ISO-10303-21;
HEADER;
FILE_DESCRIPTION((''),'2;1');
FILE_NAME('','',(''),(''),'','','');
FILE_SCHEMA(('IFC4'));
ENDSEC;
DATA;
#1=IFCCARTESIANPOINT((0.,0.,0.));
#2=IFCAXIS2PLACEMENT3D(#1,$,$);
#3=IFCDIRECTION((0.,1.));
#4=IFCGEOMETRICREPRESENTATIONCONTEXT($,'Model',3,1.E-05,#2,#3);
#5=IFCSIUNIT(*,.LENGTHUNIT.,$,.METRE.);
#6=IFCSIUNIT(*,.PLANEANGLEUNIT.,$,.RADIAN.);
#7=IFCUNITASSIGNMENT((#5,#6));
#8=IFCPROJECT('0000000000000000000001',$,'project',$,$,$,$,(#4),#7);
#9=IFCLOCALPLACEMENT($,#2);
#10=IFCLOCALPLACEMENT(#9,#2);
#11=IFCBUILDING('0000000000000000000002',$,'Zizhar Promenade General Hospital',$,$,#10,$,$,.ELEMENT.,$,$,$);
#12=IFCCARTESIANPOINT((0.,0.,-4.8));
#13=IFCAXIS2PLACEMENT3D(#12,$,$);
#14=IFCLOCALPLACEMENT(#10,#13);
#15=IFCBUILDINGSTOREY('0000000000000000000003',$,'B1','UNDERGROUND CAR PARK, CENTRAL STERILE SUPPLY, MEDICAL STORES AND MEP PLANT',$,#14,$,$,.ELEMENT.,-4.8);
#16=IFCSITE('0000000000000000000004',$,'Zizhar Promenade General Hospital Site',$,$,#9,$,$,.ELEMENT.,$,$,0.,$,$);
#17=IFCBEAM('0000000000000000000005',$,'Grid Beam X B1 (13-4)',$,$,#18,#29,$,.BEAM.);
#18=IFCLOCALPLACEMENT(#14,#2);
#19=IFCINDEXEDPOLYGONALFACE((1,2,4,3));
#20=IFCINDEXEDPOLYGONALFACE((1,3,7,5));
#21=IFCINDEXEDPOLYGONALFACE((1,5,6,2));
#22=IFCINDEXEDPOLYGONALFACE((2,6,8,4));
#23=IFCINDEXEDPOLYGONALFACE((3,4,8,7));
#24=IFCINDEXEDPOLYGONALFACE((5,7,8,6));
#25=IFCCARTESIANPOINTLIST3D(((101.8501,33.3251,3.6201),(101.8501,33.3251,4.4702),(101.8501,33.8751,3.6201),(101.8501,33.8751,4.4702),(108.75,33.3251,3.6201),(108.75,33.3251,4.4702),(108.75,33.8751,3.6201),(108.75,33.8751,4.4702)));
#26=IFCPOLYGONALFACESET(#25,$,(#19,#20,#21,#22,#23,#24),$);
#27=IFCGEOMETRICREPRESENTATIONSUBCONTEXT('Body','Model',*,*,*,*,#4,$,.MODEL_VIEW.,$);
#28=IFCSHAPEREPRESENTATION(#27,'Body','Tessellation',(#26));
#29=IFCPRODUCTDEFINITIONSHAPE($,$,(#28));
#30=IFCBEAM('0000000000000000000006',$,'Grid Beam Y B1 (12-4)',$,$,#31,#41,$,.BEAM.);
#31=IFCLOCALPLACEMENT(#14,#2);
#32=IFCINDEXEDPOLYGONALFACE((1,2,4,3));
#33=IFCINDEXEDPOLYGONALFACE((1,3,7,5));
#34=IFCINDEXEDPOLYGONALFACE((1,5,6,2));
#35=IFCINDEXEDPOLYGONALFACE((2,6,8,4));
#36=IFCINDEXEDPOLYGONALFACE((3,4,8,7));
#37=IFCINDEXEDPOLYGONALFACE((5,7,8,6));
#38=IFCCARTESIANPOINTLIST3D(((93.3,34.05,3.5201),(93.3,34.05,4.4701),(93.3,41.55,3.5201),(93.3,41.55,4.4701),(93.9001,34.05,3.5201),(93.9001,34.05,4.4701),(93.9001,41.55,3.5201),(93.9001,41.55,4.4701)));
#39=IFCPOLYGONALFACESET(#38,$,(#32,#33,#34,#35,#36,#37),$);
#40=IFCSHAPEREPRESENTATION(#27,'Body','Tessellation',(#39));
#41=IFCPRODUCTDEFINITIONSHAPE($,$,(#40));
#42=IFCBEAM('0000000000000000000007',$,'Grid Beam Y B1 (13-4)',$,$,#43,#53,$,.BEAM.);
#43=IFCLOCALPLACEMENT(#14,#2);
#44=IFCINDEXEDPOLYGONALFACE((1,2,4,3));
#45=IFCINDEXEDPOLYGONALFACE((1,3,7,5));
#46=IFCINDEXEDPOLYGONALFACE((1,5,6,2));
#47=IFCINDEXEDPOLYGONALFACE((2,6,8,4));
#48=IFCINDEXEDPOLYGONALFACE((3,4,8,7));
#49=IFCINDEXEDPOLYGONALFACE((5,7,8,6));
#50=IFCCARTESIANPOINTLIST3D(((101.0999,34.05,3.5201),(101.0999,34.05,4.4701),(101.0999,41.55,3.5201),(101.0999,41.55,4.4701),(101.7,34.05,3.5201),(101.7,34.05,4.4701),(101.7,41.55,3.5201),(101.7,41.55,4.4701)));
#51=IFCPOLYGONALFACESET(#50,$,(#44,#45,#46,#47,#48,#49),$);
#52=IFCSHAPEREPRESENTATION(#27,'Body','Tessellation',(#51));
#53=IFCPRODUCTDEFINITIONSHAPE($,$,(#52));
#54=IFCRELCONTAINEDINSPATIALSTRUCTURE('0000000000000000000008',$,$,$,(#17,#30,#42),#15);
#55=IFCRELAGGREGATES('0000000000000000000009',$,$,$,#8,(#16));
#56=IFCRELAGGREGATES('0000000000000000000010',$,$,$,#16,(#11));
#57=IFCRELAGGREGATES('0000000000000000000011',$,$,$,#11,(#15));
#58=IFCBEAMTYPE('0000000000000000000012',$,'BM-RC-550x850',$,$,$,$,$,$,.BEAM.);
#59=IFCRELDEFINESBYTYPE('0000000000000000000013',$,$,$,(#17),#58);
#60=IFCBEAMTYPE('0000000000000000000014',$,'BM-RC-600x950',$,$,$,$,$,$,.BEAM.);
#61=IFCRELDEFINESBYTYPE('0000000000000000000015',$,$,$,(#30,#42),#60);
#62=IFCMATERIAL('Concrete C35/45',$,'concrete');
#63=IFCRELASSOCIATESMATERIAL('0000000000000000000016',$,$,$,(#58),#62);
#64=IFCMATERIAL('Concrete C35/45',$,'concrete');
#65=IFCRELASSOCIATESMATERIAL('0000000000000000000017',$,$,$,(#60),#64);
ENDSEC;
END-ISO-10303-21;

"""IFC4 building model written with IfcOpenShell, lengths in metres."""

from ifc_helpers import new_model, si_unit, direction, frame, origin, origin_2d, place, context, subcontext, project, spatial, rectangle, extrude, material, material_profile, profile_set, type_object, element, save


model = new_model("IFC4")

# Units and contexts
model_context = context("Model", 3, precision=1e-05, world=origin(), true_north=direction((0.0, 1.0)))
body_context = subcontext(model_context, "Body", "Model", "MODEL_VIEW")
ifc_project = project(units=[si_unit("LENGTHUNIT", "METRE"), si_unit("PLANEANGLEUNIT", "RADIAN")], contexts=[model_context])

# Site, building, storey
site_placement = place(None, origin())
site = spatial("IfcSite", under=ifc_project, at=site_placement, Name="Zizhar Promenade General Hospital Site", CompositionType="ELEMENT", RefElevation=0.0)
building_placement = place(site_placement, origin())
building = spatial("IfcBuilding", under=site, at=building_placement, Name="Zizhar Promenade General Hospital", CompositionType="ELEMENT")
storey_placement = place(building_placement, frame((0.0, 0.0, -4.8)))
storey = spatial("IfcBuildingStorey", under=building, at=storey_placement, Name="B1", Description="UNDERGROUND CAR PARK, CENTRAL STERILE SUPPLY, MEDICAL STORES AND MEP PLANT", CompositionType="ELEMENT", Elevation=-4.8)

# Beams
ifc_material_1 = material(Name="Concrete C35/45", Category="concrete")
ifc_material_profile_1 = material_profile(ifc_material_1, rectangle(XDim=0.55, YDim=0.8501, at=origin_2d()))
ifc_profile_set_1 = profile_set([ifc_material_profile_1], Name="Concrete C35/45")
beam_type_1 = type_object("IfcBeamType", Name="BM-RC-550x850", PredefinedType="BEAM", material=ifc_profile_set_1)
for number, where, z_axis, x_axis, name in (
    (1, (101.8501, 33.6001, 4.0452), (1.0, 0.0, 0.0), (0.0, 1.0, 0.0), "Grid Beam X B1 (13-4)"),
):
    element("IfcBeam", number, at=place(storey_placement, frame(where, z_axis=z_axis, x_axis=x_axis)), inside=storey, type_object=beam_type_1, Name=name, PredefinedType="BEAM", context=body_context, shape_type="SweptSolid", body=[
        extrude(rectangle(XDim=0.55, YDim=0.8501, at=origin_2d()), origin(), (0.0, 0.0, 1.0), 6.8999),
    ])
ifc_material_2 = material(Name="Concrete C35/45", Category="concrete")
ifc_material_profile_2 = material_profile(ifc_material_2, rectangle(XDim=0.6001, YDim=0.95, at=origin_2d()))
ifc_profile_set_2 = profile_set([ifc_material_profile_2], Name="Concrete C35/45")
beam_type_2 = type_object("IfcBeamType", Name="BM-RC-600x950", PredefinedType="BEAM", material=ifc_profile_set_2)
for number, where, z_axis, x_axis, name in (
    (2, (93.6001, 34.05, 3.9951), (0.0, 1.0, 0.0), (-1.0, 0.0, 0.0), "Grid Beam Y B1 (12-4)"),
    (3, (101.3999, 34.05, 3.9951), (0.0, 1.0, 0.0), (-1.0, 0.0, 0.0), "Grid Beam Y B1 (13-4)"),
):
    element("IfcBeam", number, at=place(storey_placement, frame(where, z_axis=z_axis, x_axis=x_axis)), inside=storey, type_object=beam_type_2, Name=name, PredefinedType="BEAM", context=body_context, shape_type="SweptSolid", body=[
        extrude(rectangle(XDim=0.6001, YDim=0.95, at=origin_2d()), origin(), (0.0, 0.0, 1.0), 7.5),
    ])

save(model, "model.ifc")
